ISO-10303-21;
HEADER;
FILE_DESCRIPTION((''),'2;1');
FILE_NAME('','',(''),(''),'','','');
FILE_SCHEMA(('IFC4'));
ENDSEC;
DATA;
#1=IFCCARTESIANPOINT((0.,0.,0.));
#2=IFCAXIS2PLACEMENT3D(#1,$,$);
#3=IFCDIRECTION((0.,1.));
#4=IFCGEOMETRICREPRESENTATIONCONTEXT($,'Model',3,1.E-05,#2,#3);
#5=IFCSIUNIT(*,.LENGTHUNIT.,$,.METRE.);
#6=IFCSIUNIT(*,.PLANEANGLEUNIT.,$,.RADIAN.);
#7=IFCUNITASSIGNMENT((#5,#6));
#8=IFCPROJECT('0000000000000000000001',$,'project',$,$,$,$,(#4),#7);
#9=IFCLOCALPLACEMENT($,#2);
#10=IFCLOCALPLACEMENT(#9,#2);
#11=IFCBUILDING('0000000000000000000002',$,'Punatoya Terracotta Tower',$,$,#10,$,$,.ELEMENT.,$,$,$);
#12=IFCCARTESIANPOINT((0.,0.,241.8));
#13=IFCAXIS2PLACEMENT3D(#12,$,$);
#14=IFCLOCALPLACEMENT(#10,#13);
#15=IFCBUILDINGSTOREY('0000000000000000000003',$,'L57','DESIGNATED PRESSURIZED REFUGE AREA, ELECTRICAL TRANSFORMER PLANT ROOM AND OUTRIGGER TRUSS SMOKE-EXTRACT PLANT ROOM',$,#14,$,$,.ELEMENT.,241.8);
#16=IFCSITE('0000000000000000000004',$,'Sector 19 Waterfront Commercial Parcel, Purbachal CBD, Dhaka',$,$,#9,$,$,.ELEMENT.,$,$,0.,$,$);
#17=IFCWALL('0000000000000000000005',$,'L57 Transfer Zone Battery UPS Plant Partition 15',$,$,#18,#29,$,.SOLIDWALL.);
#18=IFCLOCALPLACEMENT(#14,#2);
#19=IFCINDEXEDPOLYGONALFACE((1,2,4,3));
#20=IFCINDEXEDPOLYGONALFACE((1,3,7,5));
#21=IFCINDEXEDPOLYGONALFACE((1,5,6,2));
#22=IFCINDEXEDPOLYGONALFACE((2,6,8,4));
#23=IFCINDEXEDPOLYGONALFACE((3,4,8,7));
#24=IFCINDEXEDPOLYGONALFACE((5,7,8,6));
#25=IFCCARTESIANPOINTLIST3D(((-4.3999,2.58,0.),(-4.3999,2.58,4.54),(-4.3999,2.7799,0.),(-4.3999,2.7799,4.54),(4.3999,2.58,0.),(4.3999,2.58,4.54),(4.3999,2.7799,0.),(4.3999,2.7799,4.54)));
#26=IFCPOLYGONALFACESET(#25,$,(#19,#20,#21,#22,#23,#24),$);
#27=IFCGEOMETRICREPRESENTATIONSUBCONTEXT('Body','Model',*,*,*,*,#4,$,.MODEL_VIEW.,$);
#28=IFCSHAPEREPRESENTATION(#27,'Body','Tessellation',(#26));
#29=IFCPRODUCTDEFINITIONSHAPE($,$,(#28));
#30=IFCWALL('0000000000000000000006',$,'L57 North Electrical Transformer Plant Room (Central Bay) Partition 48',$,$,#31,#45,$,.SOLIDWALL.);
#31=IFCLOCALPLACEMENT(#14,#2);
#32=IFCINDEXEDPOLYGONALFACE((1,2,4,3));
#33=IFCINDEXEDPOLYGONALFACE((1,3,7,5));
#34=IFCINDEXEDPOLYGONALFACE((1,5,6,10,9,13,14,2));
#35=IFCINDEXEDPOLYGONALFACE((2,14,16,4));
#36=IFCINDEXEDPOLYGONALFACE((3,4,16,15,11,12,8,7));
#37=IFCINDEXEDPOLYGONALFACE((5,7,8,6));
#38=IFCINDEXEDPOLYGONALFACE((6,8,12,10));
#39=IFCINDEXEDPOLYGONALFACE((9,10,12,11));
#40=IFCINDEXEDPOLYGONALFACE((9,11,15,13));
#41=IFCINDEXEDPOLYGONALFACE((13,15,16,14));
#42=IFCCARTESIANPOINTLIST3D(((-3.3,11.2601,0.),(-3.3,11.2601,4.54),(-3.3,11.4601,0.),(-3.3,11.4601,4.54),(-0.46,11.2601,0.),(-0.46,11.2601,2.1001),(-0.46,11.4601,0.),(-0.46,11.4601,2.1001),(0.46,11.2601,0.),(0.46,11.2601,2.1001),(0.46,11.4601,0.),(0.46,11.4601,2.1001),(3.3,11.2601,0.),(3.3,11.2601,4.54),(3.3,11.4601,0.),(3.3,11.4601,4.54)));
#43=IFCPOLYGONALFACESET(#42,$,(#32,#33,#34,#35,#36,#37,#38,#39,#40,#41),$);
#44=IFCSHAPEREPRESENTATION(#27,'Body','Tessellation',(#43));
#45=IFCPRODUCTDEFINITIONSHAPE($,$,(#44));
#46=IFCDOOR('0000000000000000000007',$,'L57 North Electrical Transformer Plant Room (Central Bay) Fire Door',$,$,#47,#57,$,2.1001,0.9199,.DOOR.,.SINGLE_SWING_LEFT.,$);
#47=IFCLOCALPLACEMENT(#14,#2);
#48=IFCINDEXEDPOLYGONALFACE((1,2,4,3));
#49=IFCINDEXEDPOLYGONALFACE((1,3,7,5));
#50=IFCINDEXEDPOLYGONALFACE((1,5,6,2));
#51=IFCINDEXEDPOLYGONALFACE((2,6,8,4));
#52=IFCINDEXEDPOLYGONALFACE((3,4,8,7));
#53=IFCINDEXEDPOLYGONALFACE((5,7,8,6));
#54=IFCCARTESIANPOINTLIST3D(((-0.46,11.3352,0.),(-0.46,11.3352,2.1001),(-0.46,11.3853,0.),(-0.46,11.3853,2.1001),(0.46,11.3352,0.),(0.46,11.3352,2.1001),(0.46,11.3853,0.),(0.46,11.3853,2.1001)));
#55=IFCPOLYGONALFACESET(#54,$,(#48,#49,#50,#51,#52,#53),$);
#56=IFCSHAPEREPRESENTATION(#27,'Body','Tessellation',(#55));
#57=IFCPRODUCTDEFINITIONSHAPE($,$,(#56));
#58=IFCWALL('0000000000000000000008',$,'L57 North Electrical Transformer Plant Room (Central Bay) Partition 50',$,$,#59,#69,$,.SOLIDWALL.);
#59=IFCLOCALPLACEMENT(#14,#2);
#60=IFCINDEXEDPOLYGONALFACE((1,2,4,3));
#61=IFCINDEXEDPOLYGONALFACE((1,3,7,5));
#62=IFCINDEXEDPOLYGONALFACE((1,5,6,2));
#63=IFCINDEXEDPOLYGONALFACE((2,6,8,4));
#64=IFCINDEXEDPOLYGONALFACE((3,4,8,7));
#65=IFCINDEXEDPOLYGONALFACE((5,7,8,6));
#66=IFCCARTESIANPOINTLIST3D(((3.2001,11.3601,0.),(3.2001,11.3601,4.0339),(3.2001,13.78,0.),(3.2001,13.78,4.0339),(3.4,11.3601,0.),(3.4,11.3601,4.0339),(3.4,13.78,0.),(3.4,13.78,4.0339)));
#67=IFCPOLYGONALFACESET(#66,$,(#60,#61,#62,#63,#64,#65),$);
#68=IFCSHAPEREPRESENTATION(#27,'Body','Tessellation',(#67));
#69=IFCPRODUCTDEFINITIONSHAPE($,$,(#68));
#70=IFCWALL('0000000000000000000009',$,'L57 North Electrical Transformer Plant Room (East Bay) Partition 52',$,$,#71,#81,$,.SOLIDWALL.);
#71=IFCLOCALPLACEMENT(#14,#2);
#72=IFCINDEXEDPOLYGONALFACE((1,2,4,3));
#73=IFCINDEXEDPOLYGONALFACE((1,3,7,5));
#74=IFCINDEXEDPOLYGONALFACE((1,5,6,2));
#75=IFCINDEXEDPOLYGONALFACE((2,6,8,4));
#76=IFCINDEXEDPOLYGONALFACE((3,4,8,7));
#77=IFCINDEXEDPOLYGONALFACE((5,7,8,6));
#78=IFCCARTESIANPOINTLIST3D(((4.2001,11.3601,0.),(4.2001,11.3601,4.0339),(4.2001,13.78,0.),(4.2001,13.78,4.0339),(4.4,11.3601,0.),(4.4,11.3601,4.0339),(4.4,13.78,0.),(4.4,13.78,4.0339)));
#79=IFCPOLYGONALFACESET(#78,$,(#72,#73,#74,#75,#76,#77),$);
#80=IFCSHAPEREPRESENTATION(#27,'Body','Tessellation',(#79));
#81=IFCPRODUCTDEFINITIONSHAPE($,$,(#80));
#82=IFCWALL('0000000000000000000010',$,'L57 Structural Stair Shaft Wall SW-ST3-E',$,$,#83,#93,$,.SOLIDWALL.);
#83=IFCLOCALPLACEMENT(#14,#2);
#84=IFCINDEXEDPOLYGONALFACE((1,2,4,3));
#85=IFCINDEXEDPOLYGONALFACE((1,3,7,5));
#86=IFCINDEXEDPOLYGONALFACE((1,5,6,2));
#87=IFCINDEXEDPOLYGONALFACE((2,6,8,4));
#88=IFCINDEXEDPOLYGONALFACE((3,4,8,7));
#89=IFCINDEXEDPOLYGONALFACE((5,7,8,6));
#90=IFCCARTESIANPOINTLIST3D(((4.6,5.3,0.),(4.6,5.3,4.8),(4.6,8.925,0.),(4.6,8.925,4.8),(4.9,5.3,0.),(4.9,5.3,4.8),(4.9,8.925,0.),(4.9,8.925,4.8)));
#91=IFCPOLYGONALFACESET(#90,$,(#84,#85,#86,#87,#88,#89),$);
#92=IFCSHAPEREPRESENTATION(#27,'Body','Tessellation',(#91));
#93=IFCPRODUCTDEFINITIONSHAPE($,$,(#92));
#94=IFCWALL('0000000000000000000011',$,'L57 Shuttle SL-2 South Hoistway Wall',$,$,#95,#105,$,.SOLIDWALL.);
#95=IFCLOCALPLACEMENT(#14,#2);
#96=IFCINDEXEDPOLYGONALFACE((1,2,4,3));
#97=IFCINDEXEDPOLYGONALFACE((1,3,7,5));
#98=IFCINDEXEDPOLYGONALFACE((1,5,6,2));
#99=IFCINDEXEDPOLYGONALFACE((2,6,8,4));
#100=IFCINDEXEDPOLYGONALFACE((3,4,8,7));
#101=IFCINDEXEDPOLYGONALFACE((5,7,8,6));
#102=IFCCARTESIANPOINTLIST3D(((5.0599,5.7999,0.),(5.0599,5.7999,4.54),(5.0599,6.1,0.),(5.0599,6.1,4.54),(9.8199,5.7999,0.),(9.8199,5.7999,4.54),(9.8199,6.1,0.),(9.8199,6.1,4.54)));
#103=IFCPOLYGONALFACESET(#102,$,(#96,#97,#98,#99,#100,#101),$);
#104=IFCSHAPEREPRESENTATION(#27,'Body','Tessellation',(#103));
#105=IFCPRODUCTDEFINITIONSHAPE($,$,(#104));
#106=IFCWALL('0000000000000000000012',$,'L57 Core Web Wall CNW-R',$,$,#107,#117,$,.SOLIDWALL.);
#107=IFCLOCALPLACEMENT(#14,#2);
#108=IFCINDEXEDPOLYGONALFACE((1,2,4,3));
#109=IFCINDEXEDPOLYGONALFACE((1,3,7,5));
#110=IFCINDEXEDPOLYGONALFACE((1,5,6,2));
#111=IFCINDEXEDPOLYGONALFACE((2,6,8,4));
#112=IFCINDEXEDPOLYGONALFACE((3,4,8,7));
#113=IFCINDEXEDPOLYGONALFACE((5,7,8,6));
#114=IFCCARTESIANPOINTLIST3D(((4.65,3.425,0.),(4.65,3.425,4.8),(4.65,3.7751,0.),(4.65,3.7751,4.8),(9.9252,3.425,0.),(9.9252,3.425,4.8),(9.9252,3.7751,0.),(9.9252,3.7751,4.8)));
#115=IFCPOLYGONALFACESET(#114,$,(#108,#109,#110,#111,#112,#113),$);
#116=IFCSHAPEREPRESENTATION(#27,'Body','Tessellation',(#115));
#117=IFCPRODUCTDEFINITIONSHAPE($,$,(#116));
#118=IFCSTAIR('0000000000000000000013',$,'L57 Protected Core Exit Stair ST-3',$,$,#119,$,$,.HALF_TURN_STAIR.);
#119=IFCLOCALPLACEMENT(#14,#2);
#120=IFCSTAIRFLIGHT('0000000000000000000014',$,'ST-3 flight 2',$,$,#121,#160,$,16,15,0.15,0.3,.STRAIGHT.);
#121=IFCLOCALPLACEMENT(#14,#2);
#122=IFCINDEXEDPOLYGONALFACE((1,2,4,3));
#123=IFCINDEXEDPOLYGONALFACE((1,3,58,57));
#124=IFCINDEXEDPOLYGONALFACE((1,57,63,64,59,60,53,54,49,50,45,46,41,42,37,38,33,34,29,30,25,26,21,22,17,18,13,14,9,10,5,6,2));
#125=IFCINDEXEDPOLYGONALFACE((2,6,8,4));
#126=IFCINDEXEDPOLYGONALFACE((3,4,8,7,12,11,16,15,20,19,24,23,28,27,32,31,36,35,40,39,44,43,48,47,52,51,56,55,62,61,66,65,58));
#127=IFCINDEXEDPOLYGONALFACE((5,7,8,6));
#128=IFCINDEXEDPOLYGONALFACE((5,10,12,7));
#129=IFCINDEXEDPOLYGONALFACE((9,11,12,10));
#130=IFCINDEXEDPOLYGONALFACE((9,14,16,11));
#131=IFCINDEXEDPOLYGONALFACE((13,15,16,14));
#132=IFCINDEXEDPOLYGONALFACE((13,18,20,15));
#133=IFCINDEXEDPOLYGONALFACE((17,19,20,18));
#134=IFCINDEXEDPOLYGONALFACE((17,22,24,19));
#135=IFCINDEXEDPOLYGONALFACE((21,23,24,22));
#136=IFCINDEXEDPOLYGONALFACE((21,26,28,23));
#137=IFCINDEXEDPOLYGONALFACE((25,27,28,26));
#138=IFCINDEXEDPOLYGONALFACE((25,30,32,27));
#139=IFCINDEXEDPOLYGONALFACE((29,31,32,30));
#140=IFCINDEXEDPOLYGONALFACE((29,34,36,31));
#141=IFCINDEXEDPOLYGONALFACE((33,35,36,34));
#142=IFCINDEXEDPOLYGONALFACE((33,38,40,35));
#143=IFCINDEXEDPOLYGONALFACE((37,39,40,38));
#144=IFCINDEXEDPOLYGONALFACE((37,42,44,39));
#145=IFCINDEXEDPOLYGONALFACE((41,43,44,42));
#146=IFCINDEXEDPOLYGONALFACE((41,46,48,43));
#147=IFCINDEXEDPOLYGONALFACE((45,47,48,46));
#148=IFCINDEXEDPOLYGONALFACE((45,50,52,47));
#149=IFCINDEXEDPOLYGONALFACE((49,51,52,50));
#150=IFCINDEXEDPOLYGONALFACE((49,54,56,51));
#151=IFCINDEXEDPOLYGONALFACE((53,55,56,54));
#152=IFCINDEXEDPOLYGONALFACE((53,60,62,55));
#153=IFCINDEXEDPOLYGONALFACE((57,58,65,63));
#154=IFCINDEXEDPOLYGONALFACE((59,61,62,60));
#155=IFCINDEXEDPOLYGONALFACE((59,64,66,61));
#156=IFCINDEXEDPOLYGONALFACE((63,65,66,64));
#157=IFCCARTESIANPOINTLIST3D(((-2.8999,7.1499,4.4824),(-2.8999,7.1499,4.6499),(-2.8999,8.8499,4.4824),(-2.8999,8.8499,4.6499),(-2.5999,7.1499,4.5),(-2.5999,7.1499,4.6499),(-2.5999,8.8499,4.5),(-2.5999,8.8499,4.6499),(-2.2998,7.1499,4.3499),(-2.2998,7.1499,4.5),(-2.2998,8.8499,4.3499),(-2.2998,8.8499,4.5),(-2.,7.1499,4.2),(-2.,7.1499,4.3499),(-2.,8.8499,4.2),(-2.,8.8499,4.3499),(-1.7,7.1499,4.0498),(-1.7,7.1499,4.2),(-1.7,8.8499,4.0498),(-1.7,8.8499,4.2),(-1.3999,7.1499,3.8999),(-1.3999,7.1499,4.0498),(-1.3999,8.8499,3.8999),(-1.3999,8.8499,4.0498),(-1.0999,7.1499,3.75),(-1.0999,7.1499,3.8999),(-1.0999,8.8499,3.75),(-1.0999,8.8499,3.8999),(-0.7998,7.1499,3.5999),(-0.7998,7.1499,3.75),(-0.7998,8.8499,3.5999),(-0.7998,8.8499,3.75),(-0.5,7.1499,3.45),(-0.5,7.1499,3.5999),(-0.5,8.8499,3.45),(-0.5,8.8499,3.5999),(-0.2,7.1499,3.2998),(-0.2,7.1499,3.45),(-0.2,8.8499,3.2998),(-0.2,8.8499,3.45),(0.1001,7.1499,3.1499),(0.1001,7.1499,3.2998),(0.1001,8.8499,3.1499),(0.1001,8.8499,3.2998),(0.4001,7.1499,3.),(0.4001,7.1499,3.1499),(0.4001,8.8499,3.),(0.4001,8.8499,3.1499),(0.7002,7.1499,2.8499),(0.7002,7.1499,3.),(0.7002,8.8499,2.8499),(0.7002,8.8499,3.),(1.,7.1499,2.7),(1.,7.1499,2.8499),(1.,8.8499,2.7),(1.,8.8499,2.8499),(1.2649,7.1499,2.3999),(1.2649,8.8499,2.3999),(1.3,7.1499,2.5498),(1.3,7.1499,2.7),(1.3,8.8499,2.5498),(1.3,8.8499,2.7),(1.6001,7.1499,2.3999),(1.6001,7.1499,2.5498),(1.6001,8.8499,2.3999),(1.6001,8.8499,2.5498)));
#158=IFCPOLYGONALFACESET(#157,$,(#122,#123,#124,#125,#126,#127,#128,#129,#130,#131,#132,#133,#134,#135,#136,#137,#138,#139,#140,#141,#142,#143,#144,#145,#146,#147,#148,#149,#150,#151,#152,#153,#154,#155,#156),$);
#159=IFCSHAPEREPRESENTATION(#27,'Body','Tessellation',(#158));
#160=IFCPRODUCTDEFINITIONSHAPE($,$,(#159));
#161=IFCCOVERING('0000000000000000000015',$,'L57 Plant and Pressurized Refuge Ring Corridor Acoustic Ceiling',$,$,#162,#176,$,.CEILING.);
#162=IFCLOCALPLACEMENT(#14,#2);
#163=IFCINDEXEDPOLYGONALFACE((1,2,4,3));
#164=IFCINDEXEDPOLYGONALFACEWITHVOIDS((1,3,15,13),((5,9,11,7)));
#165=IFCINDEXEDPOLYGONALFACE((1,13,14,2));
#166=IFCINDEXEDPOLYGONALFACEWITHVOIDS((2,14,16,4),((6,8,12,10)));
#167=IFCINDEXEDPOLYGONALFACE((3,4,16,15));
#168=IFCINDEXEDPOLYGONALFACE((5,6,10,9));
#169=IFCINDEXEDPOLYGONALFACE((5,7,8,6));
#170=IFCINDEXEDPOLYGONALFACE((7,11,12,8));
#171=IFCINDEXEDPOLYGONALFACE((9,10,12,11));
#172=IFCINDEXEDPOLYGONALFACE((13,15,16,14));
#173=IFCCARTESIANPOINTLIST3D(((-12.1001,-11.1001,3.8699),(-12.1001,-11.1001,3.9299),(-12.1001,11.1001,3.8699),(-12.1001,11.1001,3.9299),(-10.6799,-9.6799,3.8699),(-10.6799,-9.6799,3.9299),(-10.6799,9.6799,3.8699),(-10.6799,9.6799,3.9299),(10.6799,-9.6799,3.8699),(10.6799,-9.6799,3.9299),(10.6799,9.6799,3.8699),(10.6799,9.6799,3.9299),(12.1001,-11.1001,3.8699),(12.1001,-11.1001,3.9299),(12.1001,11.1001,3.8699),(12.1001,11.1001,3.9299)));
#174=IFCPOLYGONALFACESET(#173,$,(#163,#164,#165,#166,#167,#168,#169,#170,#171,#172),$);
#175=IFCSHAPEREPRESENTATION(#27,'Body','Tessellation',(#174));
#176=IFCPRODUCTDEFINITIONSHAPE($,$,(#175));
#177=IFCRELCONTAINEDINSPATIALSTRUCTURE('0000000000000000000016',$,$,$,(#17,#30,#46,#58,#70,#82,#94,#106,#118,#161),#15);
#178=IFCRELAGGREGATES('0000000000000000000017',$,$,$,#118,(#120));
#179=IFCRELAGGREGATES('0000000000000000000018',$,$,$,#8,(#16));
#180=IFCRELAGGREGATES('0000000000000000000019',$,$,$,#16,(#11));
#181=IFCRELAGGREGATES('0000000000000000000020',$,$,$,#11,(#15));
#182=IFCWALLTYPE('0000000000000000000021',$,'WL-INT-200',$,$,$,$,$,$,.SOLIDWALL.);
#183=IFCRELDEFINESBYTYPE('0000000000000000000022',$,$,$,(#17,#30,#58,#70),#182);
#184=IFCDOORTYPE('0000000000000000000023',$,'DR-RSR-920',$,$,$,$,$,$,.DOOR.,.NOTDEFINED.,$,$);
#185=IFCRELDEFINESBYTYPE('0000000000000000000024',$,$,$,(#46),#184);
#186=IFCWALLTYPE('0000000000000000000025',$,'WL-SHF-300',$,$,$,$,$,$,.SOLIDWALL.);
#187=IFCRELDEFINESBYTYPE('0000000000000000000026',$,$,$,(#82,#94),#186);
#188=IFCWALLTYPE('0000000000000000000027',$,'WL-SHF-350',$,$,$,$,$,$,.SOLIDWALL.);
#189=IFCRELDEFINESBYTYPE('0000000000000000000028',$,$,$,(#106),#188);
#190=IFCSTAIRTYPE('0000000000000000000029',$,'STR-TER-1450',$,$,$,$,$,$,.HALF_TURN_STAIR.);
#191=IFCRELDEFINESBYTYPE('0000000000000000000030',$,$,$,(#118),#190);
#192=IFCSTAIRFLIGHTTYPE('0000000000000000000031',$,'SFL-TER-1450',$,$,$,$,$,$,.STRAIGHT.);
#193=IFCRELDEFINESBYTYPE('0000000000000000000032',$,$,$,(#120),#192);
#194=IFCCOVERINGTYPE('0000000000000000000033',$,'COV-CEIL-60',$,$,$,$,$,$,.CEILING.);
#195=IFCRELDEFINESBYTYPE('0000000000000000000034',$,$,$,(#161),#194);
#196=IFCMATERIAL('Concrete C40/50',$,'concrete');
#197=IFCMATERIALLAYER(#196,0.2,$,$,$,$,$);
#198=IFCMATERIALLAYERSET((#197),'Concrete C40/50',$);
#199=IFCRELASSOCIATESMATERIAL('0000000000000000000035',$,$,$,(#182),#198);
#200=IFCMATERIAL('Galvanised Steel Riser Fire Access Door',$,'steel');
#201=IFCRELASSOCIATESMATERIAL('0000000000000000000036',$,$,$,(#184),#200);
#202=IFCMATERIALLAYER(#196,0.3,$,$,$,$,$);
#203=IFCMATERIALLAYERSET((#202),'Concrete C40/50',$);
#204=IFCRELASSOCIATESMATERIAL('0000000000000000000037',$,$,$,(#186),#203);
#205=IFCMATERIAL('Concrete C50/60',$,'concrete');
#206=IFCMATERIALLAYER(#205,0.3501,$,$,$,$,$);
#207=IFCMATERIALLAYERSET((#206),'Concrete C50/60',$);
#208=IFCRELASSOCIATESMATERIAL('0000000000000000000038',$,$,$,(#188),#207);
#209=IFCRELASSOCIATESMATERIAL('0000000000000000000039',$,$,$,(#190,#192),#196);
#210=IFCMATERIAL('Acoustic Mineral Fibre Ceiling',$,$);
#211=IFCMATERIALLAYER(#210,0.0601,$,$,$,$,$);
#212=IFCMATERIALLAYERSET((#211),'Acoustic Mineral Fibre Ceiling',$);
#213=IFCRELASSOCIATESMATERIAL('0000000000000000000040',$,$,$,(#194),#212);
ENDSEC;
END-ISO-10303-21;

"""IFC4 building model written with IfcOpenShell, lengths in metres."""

from ifc_helpers import new_model, si_unit, direction, frame, frame_2d, origin, place, context, subcontext, project, spatial, polyline, rectangle, outline, extrude, material, layer, layer_set, type_object, element, fill, aggregate, save


model = new_model("IFC4")

# Units and contexts
model_context = context("Model", 3, precision=1e-05, world=origin(), true_north=direction((0.0, 1.0)))
body_context = subcontext(model_context, "Body", "Model", "MODEL_VIEW")
ifc_project = project(units=[si_unit("LENGTHUNIT", "METRE"), si_unit("PLANEANGLEUNIT", "RADIAN")], contexts=[model_context])

# Site, building, storey
site_placement = place(None, origin())
site = spatial("IfcSite", under=ifc_project, at=site_placement, Name="Sector 19 Waterfront Commercial Parcel, Purbachal CBD, Dhaka", CompositionType="ELEMENT", RefElevation=0.0)
building_placement = place(site_placement, origin())
building = spatial("IfcBuilding", under=site, at=building_placement, Name="Punatoya Terracotta Tower", CompositionType="ELEMENT")
storey_placement = place(building_placement, frame((0.0, 0.0, 241.8)))
storey = spatial("IfcBuildingStorey", under=building, at=storey_placement, Name="L57", Description="DESIGNATED PRESSURIZED REFUGE AREA, ELECTRICAL TRANSFORMER PLANT ROOM AND OUTRIGGER TRUSS SMOKE-EXTRACT PLANT ROOM", CompositionType="ELEMENT", Elevation=241.8)

# Shared definitions
ifc_material_1 = material(Name="Concrete C40/50", Category="concrete")
ifc_layer_1 = layer(ifc_material_1, 0.2)
ifc_layer_set_1 = layer_set([ifc_layer_1], Name="Concrete C40/50")
wall_type_1 = type_object("IfcWallType", Name="WL-INT-200", PredefinedType="SOLIDWALL", material=ifc_layer_set_1)
ifc_material_2 = material(Name="Galvanised Steel Riser Fire Access Door", Category="steel")
door_type = type_object("IfcDoorType", Name="DR-RSR-920", OperationType="NOTDEFINED", PredefinedType="DOOR", material=ifc_material_2)

# Wall
wall_1_placement = place(storey_placement, frame((4.3999, 2.6799, 0.0), z_axis=(0.0, 0.0, 1.0), x_axis=(-1.0, 0.0, 0.0)))
element("IfcWall", 1, at=wall_1_placement, inside=storey, type_object=wall_type_1, Name="L57 Transfer Zone Battery UPS Plant Partition 15", PredefinedType="SOLIDWALL", context=body_context, shape_type="SweptSolid", body=[
    extrude(rectangle(XDim=8.7998, YDim=0.2, at=frame_2d((4.3999, 0.0))), origin(), (0.0, 0.0, 1.0), 4.54),
])

# Wall, opening, door
wall_2_placement = place(storey_placement, frame((3.3, 11.3601, 0.0), z_axis=(0.0, 0.0, 1.0), x_axis=(-1.0, 0.0, 0.0)))
wall_2 = element("IfcWall", 2, at=wall_2_placement, inside=storey, type_object=wall_type_1, Name="L57 North Electrical Transformer Plant Room (Central Bay) Partition 48", PredefinedType="SOLIDWALL", context=body_context, shape_type="SweptSolid", body=[
    extrude(rectangle(XDim=6.6001, YDim=0.2, at=frame_2d((3.3, 0.0))), origin(), (0.0, 0.0, 1.0), 4.54),
])
opening_1_placement = place(wall_2_placement, frame((2.8401, 0.0, 0.0)))
opening_1 = element("IfcOpeningElement", 3, at=opening_1_placement, cuts=wall_2, PredefinedType="OPENING", context=body_context, shape_type="SweptSolid", body=[
    extrude(rectangle(XDim=0.9199, YDim=2.1001, at=frame_2d((0.46, 1.05))), frame((0.0, 0.1099, 0.0), z_axis=(0.0, -1.0, 0.0), x_axis=(1.0, 0.0, 0.0)), (0.0, 0.0, 1.0), 0.22),
])
door_1_placement = place(opening_1_placement, origin())
door_1 = element("IfcDoor", 4, at=door_1_placement, inside=storey, type_object=door_type, Name="L57 North Electrical Transformer Plant Room (Central Bay) Fire Door", OperationType="SINGLE_SWING_LEFT", OverallHeight=2.1001, OverallWidth=0.9199, PredefinedType="DOOR", context=body_context, shape_type="SweptSolid", body=[
    extrude(rectangle(XDim=0.9199, YDim=2.1001, at=frame_2d((0.46, 1.05))), frame((0.0, 0.0249, 0.0), z_axis=(0.0, -1.0, 0.0), x_axis=(1.0, 0.0, 0.0)), (0.0, 0.0, 1.0), 0.05),
])
fill(opening_1, door_1)

# Walls
for number, where, z_axis, x_axis, name in (
    (5, (3.3, 13.78, 0.0), (0.0, 0.0, 1.0), (0.0, -1.0, 0.0), "L57 North Electrical Transformer Plant Room (Central Bay) Partition 50"),
    (6, (4.3, 11.3601, 0.0), (0.0, 0.0, 1.0), (0.0, 1.0, 0.0), "L57 North Electrical Transformer Plant Room (East Bay) Partition 52"),
):
    element("IfcWall", number, at=place(storey_placement, frame(where, z_axis=z_axis, x_axis=x_axis)), inside=storey, type_object=wall_type_1, Name=name, PredefinedType="SOLIDWALL", context=body_context, shape_type="SweptSolid", body=[
        extrude(rectangle(XDim=2.4199, YDim=0.2, at=frame_2d((1.21, 0.0))), origin(), (0.0, 0.0, 1.0), 4.0339),
    ])
ifc_layer_2 = layer(ifc_material_1, 0.3)
ifc_layer_set_2 = layer_set([ifc_layer_2], Name="Concrete C40/50")
wall_type_2 = type_object("IfcWallType", Name="WL-SHF-300", PredefinedType="SOLIDWALL", material=ifc_layer_set_2)
wall_3_placement = place(storey_placement, frame((4.75, 8.925, 0.0), z_axis=(0.0, 0.0, 1.0), x_axis=(0.0, -1.0, 0.0)))
element("IfcWall", 7, at=wall_3_placement, inside=storey, type_object=wall_type_2, Name="L57 Structural Stair Shaft Wall SW-ST3-E", PredefinedType="SOLIDWALL", context=body_context, shape_type="SweptSolid", body=[
    extrude(rectangle(XDim=3.625, YDim=0.3, at=frame_2d((1.8125, 0.0))), origin(), (0.0, 0.0, 1.0), 4.8),
])
wall_4_placement = place(storey_placement, frame((5.0601, 5.95, 0.0), z_axis=(0.0, 0.0, 1.0), x_axis=(1.0, 0.0, 0.0)))
element("IfcWall", 8, at=wall_4_placement, inside=storey, type_object=wall_type_2, Name="L57 Shuttle SL-2 South Hoistway Wall", PredefinedType="SOLIDWALL", context=body_context, shape_type="SweptSolid", body=[
    extrude(rectangle(XDim=4.76, YDim=0.3, at=frame_2d((2.3799, 0.0))), origin(), (0.0, 0.0, 1.0), 4.54),
])
ifc_material_3 = material(Name="Concrete C50/60", Category="concrete")
ifc_layer_3 = layer(ifc_material_3, 0.3501)
ifc_layer_set_3 = layer_set([ifc_layer_3], Name="Concrete C50/60")
wall_type_3 = type_object("IfcWallType", Name="WL-SHF-350", PredefinedType="SOLIDWALL", material=ifc_layer_set_3)
wall_5_placement = place(storey_placement, frame((4.6499, 3.6001, 0.0), z_axis=(0.0, 0.0, 1.0), x_axis=(1.0, 0.0, 0.0)))
element("IfcWall", 9, at=wall_5_placement, inside=storey, type_object=wall_type_3, Name="L57 Core Web Wall CNW-R", PredefinedType="SOLIDWALL", context=body_context, shape_type="SweptSolid", body=[
    extrude(rectangle(XDim=5.2751, YDim=0.3501, at=frame_2d((2.6377, 0.0))), origin(), (0.0, 0.0, 1.0), 4.8),
])

# Stair, stair flight
stair_type = type_object("IfcStairType", Name="STR-TER-1450", PredefinedType="HALF_TURN_STAIR", material=ifc_material_1)
stair_placement = place(storey_placement, origin())
stair = element("IfcStair", 10, at=stair_placement, inside=storey, type_object=stair_type, Name="L57 Protected Core Exit Stair ST-3", PredefinedType="HALF_TURN_STAIR")
stair_flight_type = type_object("IfcStairFlightType", Name="SFL-TER-1450", PredefinedType="STRAIGHT", material=ifc_material_1)
stair_flight_placement = place(storey_placement, frame((1.6001, 8.0, 2.3999), z_axis=(0.0, 0.0, 1.0), x_axis=(-1.0, 0.0, 0.0)))
stair_flight = element("IfcStairFlight", 11, at=stair_flight_placement, type_object=stair_flight_type, Name="ST-3 flight 2", NumberOfRisers=16, NumberOfTreads=15, PredefinedType="STRAIGHT", RiserHeight=0.15, TreadLength=0.3, context=body_context, shape_type="SweptSolid", body=[
    extrude(outline(polyline([(0.0, 0.0), (0.0, 0.1499), (0.3, 0.1499), (0.3, 0.3), (0.6001, 0.3), (0.6001, 0.45), (0.8999, 0.45), (0.8999, 0.6001), (1.2, 0.6001), (1.2, 0.75), (1.5, 0.75), (1.5, 0.8999), (1.8, 0.8999), (1.8, 1.05), (2.1001, 1.05), (2.1001, 1.2), (2.3999, 1.2), (2.3999, 1.3501), (2.7, 1.3501), (2.7, 1.5), (3.0, 1.5), (3.0, 1.6499), (3.3, 1.6499), (3.3, 1.8), (3.6001, 1.8), (3.6001, 1.95), (3.8999, 1.95), (3.8999, 2.1001), (4.2, 2.1001), (4.2, 2.25), (4.5, 2.25), (4.5, 2.3999), (4.5, 2.0825), (0.3352, 0.0), (0.0, 0.0)])), frame((0.0, 0.8501, 0.0), z_axis=(0.0, -1.0, 0.0), x_axis=(1.0, 0.0, 0.0)), (0.0, 0.0, 1.0), 1.7),
])
aggregate(stair, [stair_flight])

# Covering
ifc_material_4 = material(Name="Acoustic Mineral Fibre Ceiling")
ifc_layer_4 = layer(ifc_material_4, 0.0601)
ifc_layer_set_4 = layer_set([ifc_layer_4], Name="Acoustic Mineral Fibre Ceiling")
covering_type = type_object("IfcCoveringType", Name="COV-CEIL-60", PredefinedType="CEILING", material=ifc_layer_set_4)
covering_1_placement = place(storey_placement, frame((0.0, 0.0, 3.8699)))
element("IfcCovering", 12, at=covering_1_placement, inside=storey, type_object=covering_type, Name="L57 Plant and Pressurized Refuge Ring Corridor Acoustic Ceiling", PredefinedType="CEILING", context=body_context, shape_type="SweptSolid", body=[
    extrude(outline(polyline([(-12.1001, 11.1001), (-12.1001, -11.1001), (12.1001, -11.1001), (12.1001, 11.1001), (-12.1001, 11.1001)]), holes=[polyline([(-10.6799, 9.6799), (10.6799, 9.6799), (10.6799, -9.6799), (-10.6799, -9.6799), (-10.6799, 9.6799)])]), origin(), (0.0, 0.0, 1.0), 0.0601),
])

save(model, "model.ifc")
